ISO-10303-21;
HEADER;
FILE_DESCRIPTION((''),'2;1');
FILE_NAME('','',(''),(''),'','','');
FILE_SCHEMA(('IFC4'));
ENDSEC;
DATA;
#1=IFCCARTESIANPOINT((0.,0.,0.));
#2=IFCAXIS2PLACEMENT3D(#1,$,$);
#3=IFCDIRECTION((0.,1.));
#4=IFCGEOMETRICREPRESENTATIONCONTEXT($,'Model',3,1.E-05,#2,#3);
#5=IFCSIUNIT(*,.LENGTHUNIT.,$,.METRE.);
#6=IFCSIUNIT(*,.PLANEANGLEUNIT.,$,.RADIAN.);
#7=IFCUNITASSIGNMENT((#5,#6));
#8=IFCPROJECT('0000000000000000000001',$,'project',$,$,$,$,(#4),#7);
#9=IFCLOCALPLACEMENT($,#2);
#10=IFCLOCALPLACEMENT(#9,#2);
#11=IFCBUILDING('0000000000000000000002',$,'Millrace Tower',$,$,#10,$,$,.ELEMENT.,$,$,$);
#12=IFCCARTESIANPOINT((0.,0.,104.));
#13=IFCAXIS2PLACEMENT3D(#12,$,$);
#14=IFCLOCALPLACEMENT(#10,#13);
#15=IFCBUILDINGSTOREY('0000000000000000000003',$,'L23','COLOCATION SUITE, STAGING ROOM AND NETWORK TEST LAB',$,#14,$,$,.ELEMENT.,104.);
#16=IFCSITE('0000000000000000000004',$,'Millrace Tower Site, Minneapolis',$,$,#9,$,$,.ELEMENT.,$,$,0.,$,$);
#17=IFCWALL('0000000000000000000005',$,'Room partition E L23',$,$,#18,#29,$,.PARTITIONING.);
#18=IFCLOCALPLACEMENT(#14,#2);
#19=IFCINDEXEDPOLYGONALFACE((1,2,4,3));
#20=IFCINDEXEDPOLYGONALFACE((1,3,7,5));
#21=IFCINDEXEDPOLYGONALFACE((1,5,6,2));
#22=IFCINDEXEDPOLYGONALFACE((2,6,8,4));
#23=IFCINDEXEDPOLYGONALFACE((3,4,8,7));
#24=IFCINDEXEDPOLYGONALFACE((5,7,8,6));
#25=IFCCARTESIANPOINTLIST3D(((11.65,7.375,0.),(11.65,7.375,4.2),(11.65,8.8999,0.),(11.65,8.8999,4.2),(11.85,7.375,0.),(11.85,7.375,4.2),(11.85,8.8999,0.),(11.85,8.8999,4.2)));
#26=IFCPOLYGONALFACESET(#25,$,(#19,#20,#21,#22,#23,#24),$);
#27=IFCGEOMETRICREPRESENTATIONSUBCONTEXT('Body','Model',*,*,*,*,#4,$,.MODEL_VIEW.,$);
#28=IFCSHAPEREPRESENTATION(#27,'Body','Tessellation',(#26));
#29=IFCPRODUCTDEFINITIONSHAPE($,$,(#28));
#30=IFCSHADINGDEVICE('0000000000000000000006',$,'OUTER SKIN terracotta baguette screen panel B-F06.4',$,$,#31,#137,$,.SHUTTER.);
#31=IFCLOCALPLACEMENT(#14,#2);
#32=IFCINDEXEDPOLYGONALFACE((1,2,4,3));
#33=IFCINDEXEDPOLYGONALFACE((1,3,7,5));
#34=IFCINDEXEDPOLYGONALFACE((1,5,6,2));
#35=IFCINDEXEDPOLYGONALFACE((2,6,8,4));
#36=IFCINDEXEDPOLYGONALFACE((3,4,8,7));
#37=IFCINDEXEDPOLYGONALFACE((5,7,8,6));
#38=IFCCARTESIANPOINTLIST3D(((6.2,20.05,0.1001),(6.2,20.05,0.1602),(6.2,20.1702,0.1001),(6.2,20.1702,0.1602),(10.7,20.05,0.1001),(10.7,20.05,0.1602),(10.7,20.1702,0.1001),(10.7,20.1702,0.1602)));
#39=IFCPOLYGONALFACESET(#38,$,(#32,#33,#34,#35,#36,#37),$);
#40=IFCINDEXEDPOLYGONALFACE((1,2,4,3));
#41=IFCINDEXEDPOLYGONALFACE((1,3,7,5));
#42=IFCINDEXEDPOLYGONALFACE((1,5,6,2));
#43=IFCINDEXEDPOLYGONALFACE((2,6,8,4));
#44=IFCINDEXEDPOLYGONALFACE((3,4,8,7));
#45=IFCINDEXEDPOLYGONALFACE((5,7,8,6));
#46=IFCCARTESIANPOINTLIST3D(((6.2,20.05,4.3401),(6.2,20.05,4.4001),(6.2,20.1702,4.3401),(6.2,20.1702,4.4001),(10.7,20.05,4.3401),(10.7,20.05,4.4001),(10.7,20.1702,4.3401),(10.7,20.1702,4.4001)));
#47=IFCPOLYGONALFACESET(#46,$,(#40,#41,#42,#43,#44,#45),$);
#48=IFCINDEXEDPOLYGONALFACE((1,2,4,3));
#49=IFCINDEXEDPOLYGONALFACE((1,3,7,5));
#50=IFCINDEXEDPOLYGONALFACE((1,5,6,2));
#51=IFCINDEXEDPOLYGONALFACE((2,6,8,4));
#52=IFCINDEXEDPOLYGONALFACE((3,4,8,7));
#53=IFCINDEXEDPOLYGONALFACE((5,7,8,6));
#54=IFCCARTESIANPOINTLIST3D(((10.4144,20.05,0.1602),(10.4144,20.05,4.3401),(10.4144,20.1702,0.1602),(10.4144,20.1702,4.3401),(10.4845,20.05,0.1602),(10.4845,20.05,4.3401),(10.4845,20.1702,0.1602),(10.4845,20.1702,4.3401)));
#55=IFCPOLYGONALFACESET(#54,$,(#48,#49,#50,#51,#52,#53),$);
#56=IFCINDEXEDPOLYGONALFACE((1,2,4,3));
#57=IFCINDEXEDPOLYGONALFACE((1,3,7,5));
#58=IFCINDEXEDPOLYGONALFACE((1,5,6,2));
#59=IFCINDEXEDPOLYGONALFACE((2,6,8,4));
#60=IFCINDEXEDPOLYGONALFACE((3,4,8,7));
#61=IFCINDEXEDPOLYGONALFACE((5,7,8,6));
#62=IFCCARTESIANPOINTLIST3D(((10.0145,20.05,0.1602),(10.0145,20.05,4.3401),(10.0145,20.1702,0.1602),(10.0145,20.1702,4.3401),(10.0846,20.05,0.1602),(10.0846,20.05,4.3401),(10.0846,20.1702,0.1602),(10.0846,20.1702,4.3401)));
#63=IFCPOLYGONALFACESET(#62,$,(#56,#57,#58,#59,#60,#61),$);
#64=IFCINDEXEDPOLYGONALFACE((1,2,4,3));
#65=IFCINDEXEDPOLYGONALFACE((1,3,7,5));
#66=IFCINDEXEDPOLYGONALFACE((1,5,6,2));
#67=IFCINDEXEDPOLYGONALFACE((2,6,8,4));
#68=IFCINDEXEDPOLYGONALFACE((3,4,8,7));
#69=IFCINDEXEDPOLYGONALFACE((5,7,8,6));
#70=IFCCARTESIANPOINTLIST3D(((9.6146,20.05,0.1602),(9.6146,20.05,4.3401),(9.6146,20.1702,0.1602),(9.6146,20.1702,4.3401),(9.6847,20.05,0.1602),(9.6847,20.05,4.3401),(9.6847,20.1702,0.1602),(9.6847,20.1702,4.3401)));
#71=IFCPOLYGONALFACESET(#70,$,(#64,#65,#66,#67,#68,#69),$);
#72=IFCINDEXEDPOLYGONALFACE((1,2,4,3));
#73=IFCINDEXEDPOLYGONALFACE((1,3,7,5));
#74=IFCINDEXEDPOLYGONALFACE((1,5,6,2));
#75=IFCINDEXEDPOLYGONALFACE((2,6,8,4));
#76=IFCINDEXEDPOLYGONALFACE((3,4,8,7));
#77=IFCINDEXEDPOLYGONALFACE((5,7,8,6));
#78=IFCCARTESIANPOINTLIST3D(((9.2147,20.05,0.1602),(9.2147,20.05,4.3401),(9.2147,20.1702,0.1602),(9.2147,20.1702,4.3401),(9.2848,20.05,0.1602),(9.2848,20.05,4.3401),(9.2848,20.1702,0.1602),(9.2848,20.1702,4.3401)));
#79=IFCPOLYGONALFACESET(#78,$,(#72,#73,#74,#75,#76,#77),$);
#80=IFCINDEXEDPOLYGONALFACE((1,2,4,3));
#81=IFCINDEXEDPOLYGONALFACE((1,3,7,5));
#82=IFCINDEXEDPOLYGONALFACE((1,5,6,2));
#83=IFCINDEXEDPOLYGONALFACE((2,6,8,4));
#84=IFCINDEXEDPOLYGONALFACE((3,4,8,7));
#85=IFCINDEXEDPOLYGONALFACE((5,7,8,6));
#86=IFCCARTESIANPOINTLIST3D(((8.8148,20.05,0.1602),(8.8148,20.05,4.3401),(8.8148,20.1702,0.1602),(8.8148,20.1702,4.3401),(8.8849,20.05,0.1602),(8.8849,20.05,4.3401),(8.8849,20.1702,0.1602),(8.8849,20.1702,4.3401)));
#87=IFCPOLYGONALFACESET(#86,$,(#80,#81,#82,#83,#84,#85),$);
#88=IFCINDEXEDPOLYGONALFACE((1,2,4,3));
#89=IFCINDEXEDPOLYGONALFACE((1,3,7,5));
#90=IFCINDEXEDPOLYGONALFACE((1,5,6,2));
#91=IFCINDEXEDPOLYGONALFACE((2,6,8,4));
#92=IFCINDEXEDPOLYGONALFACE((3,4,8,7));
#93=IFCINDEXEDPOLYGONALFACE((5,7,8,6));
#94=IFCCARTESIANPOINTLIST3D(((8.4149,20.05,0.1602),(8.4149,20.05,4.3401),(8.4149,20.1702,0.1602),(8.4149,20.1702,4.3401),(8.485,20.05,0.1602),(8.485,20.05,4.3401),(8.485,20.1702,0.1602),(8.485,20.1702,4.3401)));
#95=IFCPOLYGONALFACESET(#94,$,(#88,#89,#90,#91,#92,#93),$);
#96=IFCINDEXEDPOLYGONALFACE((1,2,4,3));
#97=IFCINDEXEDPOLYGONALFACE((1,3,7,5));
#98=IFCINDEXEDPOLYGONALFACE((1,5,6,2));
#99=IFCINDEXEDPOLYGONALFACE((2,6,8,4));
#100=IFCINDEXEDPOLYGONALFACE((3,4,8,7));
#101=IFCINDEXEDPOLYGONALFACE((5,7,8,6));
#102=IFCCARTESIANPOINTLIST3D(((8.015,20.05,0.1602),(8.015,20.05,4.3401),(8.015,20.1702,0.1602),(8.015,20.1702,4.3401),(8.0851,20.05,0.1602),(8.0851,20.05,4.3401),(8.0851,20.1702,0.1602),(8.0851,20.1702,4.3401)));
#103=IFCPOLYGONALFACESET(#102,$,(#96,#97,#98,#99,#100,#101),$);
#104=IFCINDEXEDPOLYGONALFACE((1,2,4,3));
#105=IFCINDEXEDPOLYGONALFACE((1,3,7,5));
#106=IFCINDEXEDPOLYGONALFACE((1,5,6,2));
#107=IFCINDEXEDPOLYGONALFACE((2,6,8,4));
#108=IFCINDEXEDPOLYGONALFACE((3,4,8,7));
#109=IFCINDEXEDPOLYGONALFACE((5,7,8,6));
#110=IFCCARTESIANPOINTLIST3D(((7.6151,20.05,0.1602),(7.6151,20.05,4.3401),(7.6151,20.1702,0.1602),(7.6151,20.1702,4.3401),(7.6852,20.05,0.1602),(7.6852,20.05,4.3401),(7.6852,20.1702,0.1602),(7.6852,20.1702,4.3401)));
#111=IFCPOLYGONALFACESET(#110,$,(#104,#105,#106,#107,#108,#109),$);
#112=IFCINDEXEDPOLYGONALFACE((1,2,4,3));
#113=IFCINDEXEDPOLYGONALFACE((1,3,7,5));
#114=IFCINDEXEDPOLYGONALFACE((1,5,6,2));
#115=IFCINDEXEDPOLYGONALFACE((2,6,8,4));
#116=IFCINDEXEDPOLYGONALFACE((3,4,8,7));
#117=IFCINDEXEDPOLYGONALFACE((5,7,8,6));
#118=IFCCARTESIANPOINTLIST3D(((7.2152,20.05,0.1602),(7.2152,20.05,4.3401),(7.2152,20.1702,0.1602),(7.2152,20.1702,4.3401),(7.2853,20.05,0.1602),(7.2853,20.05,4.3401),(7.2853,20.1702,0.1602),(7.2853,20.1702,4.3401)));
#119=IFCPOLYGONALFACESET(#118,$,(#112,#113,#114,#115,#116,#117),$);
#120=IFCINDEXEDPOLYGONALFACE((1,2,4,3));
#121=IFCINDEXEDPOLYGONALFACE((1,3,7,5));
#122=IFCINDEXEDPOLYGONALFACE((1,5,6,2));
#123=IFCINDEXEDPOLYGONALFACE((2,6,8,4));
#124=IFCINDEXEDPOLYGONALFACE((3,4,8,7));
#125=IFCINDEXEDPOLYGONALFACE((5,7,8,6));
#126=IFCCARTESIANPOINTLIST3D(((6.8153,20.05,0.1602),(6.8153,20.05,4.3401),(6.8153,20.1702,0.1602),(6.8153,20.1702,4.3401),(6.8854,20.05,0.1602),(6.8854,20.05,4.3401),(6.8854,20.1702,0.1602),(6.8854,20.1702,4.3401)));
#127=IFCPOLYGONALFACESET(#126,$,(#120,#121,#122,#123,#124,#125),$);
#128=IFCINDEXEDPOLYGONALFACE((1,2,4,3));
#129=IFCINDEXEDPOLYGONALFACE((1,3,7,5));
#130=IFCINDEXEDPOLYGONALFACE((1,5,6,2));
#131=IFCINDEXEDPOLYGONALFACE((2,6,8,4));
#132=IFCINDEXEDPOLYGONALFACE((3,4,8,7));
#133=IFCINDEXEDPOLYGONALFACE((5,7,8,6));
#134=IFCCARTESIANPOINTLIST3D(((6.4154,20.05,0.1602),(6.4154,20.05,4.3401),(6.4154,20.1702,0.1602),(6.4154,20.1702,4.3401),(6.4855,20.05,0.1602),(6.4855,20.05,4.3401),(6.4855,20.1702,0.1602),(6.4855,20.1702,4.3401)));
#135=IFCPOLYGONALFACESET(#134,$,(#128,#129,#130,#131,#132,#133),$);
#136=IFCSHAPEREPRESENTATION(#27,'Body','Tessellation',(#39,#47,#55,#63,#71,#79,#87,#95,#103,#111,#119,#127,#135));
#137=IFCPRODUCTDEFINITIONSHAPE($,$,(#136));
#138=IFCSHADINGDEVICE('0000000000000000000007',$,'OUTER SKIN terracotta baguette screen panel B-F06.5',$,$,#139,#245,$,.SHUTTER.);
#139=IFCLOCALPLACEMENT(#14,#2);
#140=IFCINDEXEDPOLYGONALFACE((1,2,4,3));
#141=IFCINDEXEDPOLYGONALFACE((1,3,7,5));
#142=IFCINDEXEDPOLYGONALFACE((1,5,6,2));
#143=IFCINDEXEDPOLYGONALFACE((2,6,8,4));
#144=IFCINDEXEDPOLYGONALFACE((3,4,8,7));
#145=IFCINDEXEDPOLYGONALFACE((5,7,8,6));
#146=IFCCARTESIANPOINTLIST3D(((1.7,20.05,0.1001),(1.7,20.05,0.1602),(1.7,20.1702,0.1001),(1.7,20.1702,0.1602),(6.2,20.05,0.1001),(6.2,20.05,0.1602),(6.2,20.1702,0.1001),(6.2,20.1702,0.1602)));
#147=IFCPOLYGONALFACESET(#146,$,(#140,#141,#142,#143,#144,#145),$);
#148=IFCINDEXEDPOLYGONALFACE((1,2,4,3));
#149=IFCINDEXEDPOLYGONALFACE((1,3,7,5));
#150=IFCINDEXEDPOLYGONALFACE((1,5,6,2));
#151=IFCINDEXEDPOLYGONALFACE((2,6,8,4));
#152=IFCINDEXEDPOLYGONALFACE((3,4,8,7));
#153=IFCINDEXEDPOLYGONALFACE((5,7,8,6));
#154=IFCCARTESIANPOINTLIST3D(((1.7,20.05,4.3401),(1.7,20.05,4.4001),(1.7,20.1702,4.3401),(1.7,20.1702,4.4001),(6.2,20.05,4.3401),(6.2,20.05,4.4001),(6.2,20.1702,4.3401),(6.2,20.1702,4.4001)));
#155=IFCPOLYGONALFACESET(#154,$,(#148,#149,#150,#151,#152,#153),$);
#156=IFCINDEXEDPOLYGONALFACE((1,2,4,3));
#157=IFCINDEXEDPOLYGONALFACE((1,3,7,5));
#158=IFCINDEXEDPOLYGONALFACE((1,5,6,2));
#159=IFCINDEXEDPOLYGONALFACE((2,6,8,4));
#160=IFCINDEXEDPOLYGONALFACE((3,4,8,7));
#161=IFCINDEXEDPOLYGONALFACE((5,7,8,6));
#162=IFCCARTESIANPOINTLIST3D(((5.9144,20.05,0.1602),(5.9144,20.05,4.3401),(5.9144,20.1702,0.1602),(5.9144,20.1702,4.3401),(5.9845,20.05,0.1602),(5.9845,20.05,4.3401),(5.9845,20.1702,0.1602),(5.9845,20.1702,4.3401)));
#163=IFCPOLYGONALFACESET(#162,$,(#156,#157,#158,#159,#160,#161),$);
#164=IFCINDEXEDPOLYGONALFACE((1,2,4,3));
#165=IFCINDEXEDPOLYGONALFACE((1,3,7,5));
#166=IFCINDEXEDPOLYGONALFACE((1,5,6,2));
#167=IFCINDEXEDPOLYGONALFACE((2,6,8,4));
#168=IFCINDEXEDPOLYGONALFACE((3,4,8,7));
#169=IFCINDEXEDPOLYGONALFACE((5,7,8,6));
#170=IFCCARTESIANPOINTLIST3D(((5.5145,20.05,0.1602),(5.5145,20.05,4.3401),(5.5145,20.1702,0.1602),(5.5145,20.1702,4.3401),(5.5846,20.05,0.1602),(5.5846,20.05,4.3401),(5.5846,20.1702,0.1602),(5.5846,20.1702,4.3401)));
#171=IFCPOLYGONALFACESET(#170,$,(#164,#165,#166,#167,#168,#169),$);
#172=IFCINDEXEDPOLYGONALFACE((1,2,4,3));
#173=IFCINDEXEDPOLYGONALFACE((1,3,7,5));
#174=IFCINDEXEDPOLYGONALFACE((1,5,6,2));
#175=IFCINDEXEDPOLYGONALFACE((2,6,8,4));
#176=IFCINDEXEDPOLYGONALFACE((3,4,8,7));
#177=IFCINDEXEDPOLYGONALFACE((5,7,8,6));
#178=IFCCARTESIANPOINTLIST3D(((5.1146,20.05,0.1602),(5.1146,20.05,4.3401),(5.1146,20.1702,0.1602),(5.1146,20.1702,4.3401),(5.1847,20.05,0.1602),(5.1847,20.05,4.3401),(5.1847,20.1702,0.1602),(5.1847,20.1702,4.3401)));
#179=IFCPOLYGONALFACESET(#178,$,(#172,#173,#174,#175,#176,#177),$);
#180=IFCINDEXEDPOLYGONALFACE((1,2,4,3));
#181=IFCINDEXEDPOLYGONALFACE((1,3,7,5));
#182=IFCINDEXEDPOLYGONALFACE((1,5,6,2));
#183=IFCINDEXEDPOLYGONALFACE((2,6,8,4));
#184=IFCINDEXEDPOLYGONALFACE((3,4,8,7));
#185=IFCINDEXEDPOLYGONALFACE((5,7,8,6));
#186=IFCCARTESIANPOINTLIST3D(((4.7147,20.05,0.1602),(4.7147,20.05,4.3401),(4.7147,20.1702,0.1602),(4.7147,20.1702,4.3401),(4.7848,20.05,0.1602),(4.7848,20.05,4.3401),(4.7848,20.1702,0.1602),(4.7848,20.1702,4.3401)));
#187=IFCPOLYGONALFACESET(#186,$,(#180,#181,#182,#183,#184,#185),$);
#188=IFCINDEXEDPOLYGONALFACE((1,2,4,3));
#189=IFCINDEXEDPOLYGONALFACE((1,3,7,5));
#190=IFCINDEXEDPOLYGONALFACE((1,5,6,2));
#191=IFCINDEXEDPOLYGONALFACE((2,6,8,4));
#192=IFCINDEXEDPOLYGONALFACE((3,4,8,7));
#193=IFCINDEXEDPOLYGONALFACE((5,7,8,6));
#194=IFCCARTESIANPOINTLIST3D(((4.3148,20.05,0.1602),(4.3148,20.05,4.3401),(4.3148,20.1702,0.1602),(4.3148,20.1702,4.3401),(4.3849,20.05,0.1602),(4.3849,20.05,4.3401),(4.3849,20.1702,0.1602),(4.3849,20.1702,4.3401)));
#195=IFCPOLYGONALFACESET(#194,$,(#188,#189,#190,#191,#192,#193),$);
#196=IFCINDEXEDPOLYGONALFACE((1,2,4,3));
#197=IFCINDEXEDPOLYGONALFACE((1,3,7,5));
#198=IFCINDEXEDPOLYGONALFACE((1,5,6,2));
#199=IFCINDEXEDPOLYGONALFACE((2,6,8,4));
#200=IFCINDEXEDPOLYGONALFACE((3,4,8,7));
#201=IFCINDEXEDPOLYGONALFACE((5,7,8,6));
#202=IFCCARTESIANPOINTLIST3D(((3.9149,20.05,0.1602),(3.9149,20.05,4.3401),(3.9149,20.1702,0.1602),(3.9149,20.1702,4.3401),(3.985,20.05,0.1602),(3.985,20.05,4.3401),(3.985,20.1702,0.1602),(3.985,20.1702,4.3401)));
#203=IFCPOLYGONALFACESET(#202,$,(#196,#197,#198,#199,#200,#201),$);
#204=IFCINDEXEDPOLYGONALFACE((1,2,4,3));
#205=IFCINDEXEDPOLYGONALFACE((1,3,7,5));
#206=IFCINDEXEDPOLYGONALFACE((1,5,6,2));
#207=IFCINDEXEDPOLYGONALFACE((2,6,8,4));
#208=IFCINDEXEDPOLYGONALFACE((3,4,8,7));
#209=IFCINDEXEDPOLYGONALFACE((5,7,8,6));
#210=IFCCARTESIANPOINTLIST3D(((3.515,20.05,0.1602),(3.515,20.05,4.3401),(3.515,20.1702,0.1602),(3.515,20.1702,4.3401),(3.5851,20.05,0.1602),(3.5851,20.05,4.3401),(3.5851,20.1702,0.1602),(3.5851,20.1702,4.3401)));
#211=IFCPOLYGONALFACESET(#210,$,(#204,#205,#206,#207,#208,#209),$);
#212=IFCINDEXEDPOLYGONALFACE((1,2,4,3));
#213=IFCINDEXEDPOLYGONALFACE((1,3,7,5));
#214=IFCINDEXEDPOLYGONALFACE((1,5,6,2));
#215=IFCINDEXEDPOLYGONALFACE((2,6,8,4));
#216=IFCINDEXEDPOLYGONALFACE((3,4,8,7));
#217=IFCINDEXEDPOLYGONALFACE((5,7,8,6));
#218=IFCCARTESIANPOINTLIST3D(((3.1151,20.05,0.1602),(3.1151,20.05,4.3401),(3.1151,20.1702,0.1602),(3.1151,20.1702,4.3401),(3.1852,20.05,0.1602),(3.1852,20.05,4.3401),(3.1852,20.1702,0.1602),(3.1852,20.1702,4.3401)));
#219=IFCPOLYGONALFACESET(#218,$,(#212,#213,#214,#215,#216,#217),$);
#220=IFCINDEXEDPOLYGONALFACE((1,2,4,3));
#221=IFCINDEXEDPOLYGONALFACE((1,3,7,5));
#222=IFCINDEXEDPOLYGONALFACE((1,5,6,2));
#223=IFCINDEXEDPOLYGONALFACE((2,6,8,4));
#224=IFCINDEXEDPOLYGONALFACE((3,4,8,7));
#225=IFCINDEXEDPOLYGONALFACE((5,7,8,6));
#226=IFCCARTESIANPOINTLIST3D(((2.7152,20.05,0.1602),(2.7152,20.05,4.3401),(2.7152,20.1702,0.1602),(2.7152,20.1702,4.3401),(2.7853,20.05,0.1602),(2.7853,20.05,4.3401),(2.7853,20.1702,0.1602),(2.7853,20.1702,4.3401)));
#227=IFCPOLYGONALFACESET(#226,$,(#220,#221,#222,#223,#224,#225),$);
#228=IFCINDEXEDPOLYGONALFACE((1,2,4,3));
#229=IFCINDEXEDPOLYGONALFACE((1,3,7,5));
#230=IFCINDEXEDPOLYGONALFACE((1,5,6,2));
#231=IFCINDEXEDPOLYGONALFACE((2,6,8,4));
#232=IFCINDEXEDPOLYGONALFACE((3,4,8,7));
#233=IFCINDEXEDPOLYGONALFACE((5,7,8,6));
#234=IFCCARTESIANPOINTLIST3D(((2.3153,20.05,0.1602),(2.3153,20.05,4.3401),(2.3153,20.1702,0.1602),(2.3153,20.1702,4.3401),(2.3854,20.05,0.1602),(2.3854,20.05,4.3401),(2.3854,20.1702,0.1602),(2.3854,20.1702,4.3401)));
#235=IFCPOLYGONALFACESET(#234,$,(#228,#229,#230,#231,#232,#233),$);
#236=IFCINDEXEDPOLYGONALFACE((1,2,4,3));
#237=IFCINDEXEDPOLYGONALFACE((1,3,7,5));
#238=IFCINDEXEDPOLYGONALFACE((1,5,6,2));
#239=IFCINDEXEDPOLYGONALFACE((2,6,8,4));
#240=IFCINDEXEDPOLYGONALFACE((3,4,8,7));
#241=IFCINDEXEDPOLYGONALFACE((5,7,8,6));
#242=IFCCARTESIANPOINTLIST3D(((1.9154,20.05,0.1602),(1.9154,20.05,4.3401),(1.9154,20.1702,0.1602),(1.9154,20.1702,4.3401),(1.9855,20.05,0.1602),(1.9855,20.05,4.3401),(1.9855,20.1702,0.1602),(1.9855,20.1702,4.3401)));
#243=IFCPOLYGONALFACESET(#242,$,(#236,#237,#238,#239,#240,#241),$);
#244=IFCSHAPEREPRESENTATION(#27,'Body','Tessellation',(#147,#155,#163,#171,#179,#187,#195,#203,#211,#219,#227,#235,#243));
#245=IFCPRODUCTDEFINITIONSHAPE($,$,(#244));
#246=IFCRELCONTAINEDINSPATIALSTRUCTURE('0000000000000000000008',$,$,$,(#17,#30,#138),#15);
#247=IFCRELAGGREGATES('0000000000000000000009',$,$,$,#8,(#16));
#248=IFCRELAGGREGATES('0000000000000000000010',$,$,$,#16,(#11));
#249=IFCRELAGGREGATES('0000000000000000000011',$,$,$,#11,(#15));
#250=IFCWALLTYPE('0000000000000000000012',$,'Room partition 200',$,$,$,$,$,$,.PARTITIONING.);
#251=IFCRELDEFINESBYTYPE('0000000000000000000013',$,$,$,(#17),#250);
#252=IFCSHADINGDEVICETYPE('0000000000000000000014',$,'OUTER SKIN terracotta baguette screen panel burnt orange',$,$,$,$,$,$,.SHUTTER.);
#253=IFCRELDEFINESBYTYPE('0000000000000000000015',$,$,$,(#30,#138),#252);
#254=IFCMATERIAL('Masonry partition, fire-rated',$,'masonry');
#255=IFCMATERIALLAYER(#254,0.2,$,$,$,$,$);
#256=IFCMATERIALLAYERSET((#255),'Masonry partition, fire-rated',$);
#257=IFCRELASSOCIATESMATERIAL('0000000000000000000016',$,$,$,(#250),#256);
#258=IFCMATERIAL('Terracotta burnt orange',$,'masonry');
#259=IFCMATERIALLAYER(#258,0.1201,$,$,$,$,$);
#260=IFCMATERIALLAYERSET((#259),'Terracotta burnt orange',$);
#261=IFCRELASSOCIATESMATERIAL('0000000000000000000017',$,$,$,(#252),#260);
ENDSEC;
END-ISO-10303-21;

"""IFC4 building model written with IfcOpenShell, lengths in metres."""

from ifc_helpers import new_model, entity, si_unit, direction, frame, frame_2d, origin, origin_2d, place, context, subcontext, project, spatial, rectangle, extrude, source, transform, mapped, material, layer, layer_set, type_object, element, save


model = new_model("IFC4")

# Units and contexts
model_context = context("Model", 3, precision=1e-05, world=origin(), true_north=direction((0.0, 1.0)))
body_context = subcontext(model_context, "Body", "Model", "MODEL_VIEW")
ifc_project = project(units=[si_unit("LENGTHUNIT", "METRE"), si_unit("PLANEANGLEUNIT", "RADIAN")], contexts=[model_context])

# Site, building, storey
site_placement = place(None, origin())
site = spatial("IfcSite", under=ifc_project, at=site_placement, Name="Millrace Tower Site, Minneapolis", CompositionType="ELEMENT", RefElevation=0.0)
building_placement = place(site_placement, origin())
building = spatial("IfcBuilding", under=site, at=building_placement, Name="Millrace Tower", CompositionType="ELEMENT")
storey_placement = place(building_placement, frame((0.0, 0.0, 104.0)))
storey = spatial("IfcBuildingStorey", under=building, at=storey_placement, Name="L23", Description="COLOCATION SUITE, STAGING ROOM AND NETWORK TEST LAB", CompositionType="ELEMENT", Elevation=104.0)

# Wall
ifc_material_1 = material(Name="Masonry partition, fire-rated", Category="masonry")
ifc_layer_1 = layer(ifc_material_1, 0.2)
ifc_layer_set_1 = layer_set([ifc_layer_1], Name="Masonry partition, fire-rated")
wall_type_1 = type_object("IfcWallType", Name="Room partition 200", PredefinedType="PARTITIONING", material=ifc_layer_set_1)
wall_1_placement = place(storey_placement, frame((11.75, 8.8999, 0.0), z_axis=(0.0, 0.0, 1.0), x_axis=(0.0, -1.0, 0.0)))
element("IfcWall", 1, at=wall_1_placement, inside=storey, type_object=wall_type_1, Name="Room partition E L23", PredefinedType="PARTITIONING", context=body_context, shape_type="SweptSolid", body=[
    extrude(rectangle(XDim=1.5249, YDim=0.2, at=frame_2d((0.7625, 0.0))), origin(), (0.0, 0.0, 1.0), 4.2),
])

# Shading devices
ifc_material_2 = material(Name="Terracotta burnt orange", Category="masonry")
ifc_layer_2 = layer(ifc_material_2, 0.1201)
ifc_layer_set_2 = layer_set([ifc_layer_2], Name="Terracotta burnt orange")
shading_device_type = type_object("IfcShadingDeviceType", Name="OUTER SKIN terracotta baguette screen panel burnt orange", PredefinedType="SHUTTER", material=ifc_layer_set_2)
cartesian_point = entity("IfcCartesianPoint", [-2.25, 0.0601])
shared_polyline = entity("IfcPolyline", [cartesian_point, entity("IfcCartesianPoint", [2.25, 0.0601]), entity("IfcCartesianPoint", [2.25, -0.0601]), entity("IfcCartesianPoint", [-2.25, -0.0601]), cartesian_point])
shared_shape = source(origin(), body_context, "Body", "SweptSolid", [
    entity("IfcExtrudedAreaSolid", entity("IfcArbitraryClosedProfileDef", "AREA", None, shared_polyline), entity("IfcAxis2Placement3D", entity("IfcCartesianPoint", [0.0, 0.0, 0.0])), entity("IfcDirection", [0.0, 0.0, 1.0]), 0.0601),
    entity("IfcExtrudedAreaSolid", entity("IfcArbitraryClosedProfileDef", "AREA", None, shared_polyline), entity("IfcAxis2Placement3D", entity("IfcCartesianPoint", [0.0, 0.0, 4.24])), entity("IfcDirection", [0.0, 0.0, 1.0]), 0.0601),
    extrude(rectangle(XDim=0.0701, YDim=0.1201, at=frame_2d((-1.9995, 0.0))), frame((0.0, 0.0, 0.0601)), (0.0, 0.0, 1.0), 4.1799),
    extrude(rectangle(XDim=0.0701, YDim=0.1201, at=frame_2d((-1.5996, 0.0))), frame((0.0, 0.0, 0.0601)), (0.0, 0.0, 1.0), 4.1799),
    extrude(rectangle(XDim=0.0701, YDim=0.1201, at=frame_2d((-1.1997, 0.0))), frame((0.0, 0.0, 0.0601)), (0.0, 0.0, 1.0), 4.1799),
    extrude(rectangle(XDim=0.0701, YDim=0.1201, at=frame_2d((-0.7998, 0.0))), frame((0.0, 0.0, 0.0601)), (0.0, 0.0, 1.0), 4.1799),
    extrude(rectangle(XDim=0.0701, YDim=0.1201, at=frame_2d((-0.3999, 0.0))), frame((0.0, 0.0, 0.0601)), (0.0, 0.0, 1.0), 4.1799),
    extrude(rectangle(XDim=0.0701, YDim=0.1201, at=origin_2d()), frame((0.0, 0.0, 0.0601)), (0.0, 0.0, 1.0), 4.1799),
    extrude(rectangle(XDim=0.0701, YDim=0.1201, at=frame_2d((0.3999, 0.0))), frame((0.0, 0.0, 0.0601)), (0.0, 0.0, 1.0), 4.1799),
    extrude(rectangle(XDim=0.0701, YDim=0.1201, at=frame_2d((0.7998, 0.0))), frame((0.0, 0.0, 0.0601)), (0.0, 0.0, 1.0), 4.1799),
    extrude(rectangle(XDim=0.0701, YDim=0.1201, at=frame_2d((1.1997, 0.0))), frame((0.0, 0.0, 0.0601)), (0.0, 0.0, 1.0), 4.1799),
    extrude(rectangle(XDim=0.0701, YDim=0.1201, at=frame_2d((1.5996, 0.0))), frame((0.0, 0.0, 0.0601)), (0.0, 0.0, 1.0), 4.1799),
    extrude(rectangle(XDim=0.0701, YDim=0.1201, at=frame_2d((1.9995, 0.0))), frame((0.0, 0.0, 0.0601)), (0.0, 0.0, 1.0), 4.1799),
])
for number, where, z_axis, x_axis, name in (
    (2, (8.45, 20.1101, 0.1001), (0.0, 0.0, 1.0), (-1.0, 0.0, 0.0), "OUTER SKIN terracotta baguette screen panel B-F06.4"),
    (3, (3.95, 20.1101, 0.1001), (0.0, 0.0, 1.0), (-1.0, 0.0, 0.0), "OUTER SKIN terracotta baguette screen panel B-F06.5"),
):
    element("IfcShadingDevice", number, at=place(storey_placement, frame(where, z_axis=z_axis, x_axis=x_axis)), inside=storey, type_object=shading_device_type, Name=name, PredefinedType="SHUTTER", context=body_context, shape_type="MappedRepresentation", body=[
        mapped(shared_shape, transform((0.0, 0.0, 0.0), scale=1.0)),
    ])

save(model, "model.ifc")
